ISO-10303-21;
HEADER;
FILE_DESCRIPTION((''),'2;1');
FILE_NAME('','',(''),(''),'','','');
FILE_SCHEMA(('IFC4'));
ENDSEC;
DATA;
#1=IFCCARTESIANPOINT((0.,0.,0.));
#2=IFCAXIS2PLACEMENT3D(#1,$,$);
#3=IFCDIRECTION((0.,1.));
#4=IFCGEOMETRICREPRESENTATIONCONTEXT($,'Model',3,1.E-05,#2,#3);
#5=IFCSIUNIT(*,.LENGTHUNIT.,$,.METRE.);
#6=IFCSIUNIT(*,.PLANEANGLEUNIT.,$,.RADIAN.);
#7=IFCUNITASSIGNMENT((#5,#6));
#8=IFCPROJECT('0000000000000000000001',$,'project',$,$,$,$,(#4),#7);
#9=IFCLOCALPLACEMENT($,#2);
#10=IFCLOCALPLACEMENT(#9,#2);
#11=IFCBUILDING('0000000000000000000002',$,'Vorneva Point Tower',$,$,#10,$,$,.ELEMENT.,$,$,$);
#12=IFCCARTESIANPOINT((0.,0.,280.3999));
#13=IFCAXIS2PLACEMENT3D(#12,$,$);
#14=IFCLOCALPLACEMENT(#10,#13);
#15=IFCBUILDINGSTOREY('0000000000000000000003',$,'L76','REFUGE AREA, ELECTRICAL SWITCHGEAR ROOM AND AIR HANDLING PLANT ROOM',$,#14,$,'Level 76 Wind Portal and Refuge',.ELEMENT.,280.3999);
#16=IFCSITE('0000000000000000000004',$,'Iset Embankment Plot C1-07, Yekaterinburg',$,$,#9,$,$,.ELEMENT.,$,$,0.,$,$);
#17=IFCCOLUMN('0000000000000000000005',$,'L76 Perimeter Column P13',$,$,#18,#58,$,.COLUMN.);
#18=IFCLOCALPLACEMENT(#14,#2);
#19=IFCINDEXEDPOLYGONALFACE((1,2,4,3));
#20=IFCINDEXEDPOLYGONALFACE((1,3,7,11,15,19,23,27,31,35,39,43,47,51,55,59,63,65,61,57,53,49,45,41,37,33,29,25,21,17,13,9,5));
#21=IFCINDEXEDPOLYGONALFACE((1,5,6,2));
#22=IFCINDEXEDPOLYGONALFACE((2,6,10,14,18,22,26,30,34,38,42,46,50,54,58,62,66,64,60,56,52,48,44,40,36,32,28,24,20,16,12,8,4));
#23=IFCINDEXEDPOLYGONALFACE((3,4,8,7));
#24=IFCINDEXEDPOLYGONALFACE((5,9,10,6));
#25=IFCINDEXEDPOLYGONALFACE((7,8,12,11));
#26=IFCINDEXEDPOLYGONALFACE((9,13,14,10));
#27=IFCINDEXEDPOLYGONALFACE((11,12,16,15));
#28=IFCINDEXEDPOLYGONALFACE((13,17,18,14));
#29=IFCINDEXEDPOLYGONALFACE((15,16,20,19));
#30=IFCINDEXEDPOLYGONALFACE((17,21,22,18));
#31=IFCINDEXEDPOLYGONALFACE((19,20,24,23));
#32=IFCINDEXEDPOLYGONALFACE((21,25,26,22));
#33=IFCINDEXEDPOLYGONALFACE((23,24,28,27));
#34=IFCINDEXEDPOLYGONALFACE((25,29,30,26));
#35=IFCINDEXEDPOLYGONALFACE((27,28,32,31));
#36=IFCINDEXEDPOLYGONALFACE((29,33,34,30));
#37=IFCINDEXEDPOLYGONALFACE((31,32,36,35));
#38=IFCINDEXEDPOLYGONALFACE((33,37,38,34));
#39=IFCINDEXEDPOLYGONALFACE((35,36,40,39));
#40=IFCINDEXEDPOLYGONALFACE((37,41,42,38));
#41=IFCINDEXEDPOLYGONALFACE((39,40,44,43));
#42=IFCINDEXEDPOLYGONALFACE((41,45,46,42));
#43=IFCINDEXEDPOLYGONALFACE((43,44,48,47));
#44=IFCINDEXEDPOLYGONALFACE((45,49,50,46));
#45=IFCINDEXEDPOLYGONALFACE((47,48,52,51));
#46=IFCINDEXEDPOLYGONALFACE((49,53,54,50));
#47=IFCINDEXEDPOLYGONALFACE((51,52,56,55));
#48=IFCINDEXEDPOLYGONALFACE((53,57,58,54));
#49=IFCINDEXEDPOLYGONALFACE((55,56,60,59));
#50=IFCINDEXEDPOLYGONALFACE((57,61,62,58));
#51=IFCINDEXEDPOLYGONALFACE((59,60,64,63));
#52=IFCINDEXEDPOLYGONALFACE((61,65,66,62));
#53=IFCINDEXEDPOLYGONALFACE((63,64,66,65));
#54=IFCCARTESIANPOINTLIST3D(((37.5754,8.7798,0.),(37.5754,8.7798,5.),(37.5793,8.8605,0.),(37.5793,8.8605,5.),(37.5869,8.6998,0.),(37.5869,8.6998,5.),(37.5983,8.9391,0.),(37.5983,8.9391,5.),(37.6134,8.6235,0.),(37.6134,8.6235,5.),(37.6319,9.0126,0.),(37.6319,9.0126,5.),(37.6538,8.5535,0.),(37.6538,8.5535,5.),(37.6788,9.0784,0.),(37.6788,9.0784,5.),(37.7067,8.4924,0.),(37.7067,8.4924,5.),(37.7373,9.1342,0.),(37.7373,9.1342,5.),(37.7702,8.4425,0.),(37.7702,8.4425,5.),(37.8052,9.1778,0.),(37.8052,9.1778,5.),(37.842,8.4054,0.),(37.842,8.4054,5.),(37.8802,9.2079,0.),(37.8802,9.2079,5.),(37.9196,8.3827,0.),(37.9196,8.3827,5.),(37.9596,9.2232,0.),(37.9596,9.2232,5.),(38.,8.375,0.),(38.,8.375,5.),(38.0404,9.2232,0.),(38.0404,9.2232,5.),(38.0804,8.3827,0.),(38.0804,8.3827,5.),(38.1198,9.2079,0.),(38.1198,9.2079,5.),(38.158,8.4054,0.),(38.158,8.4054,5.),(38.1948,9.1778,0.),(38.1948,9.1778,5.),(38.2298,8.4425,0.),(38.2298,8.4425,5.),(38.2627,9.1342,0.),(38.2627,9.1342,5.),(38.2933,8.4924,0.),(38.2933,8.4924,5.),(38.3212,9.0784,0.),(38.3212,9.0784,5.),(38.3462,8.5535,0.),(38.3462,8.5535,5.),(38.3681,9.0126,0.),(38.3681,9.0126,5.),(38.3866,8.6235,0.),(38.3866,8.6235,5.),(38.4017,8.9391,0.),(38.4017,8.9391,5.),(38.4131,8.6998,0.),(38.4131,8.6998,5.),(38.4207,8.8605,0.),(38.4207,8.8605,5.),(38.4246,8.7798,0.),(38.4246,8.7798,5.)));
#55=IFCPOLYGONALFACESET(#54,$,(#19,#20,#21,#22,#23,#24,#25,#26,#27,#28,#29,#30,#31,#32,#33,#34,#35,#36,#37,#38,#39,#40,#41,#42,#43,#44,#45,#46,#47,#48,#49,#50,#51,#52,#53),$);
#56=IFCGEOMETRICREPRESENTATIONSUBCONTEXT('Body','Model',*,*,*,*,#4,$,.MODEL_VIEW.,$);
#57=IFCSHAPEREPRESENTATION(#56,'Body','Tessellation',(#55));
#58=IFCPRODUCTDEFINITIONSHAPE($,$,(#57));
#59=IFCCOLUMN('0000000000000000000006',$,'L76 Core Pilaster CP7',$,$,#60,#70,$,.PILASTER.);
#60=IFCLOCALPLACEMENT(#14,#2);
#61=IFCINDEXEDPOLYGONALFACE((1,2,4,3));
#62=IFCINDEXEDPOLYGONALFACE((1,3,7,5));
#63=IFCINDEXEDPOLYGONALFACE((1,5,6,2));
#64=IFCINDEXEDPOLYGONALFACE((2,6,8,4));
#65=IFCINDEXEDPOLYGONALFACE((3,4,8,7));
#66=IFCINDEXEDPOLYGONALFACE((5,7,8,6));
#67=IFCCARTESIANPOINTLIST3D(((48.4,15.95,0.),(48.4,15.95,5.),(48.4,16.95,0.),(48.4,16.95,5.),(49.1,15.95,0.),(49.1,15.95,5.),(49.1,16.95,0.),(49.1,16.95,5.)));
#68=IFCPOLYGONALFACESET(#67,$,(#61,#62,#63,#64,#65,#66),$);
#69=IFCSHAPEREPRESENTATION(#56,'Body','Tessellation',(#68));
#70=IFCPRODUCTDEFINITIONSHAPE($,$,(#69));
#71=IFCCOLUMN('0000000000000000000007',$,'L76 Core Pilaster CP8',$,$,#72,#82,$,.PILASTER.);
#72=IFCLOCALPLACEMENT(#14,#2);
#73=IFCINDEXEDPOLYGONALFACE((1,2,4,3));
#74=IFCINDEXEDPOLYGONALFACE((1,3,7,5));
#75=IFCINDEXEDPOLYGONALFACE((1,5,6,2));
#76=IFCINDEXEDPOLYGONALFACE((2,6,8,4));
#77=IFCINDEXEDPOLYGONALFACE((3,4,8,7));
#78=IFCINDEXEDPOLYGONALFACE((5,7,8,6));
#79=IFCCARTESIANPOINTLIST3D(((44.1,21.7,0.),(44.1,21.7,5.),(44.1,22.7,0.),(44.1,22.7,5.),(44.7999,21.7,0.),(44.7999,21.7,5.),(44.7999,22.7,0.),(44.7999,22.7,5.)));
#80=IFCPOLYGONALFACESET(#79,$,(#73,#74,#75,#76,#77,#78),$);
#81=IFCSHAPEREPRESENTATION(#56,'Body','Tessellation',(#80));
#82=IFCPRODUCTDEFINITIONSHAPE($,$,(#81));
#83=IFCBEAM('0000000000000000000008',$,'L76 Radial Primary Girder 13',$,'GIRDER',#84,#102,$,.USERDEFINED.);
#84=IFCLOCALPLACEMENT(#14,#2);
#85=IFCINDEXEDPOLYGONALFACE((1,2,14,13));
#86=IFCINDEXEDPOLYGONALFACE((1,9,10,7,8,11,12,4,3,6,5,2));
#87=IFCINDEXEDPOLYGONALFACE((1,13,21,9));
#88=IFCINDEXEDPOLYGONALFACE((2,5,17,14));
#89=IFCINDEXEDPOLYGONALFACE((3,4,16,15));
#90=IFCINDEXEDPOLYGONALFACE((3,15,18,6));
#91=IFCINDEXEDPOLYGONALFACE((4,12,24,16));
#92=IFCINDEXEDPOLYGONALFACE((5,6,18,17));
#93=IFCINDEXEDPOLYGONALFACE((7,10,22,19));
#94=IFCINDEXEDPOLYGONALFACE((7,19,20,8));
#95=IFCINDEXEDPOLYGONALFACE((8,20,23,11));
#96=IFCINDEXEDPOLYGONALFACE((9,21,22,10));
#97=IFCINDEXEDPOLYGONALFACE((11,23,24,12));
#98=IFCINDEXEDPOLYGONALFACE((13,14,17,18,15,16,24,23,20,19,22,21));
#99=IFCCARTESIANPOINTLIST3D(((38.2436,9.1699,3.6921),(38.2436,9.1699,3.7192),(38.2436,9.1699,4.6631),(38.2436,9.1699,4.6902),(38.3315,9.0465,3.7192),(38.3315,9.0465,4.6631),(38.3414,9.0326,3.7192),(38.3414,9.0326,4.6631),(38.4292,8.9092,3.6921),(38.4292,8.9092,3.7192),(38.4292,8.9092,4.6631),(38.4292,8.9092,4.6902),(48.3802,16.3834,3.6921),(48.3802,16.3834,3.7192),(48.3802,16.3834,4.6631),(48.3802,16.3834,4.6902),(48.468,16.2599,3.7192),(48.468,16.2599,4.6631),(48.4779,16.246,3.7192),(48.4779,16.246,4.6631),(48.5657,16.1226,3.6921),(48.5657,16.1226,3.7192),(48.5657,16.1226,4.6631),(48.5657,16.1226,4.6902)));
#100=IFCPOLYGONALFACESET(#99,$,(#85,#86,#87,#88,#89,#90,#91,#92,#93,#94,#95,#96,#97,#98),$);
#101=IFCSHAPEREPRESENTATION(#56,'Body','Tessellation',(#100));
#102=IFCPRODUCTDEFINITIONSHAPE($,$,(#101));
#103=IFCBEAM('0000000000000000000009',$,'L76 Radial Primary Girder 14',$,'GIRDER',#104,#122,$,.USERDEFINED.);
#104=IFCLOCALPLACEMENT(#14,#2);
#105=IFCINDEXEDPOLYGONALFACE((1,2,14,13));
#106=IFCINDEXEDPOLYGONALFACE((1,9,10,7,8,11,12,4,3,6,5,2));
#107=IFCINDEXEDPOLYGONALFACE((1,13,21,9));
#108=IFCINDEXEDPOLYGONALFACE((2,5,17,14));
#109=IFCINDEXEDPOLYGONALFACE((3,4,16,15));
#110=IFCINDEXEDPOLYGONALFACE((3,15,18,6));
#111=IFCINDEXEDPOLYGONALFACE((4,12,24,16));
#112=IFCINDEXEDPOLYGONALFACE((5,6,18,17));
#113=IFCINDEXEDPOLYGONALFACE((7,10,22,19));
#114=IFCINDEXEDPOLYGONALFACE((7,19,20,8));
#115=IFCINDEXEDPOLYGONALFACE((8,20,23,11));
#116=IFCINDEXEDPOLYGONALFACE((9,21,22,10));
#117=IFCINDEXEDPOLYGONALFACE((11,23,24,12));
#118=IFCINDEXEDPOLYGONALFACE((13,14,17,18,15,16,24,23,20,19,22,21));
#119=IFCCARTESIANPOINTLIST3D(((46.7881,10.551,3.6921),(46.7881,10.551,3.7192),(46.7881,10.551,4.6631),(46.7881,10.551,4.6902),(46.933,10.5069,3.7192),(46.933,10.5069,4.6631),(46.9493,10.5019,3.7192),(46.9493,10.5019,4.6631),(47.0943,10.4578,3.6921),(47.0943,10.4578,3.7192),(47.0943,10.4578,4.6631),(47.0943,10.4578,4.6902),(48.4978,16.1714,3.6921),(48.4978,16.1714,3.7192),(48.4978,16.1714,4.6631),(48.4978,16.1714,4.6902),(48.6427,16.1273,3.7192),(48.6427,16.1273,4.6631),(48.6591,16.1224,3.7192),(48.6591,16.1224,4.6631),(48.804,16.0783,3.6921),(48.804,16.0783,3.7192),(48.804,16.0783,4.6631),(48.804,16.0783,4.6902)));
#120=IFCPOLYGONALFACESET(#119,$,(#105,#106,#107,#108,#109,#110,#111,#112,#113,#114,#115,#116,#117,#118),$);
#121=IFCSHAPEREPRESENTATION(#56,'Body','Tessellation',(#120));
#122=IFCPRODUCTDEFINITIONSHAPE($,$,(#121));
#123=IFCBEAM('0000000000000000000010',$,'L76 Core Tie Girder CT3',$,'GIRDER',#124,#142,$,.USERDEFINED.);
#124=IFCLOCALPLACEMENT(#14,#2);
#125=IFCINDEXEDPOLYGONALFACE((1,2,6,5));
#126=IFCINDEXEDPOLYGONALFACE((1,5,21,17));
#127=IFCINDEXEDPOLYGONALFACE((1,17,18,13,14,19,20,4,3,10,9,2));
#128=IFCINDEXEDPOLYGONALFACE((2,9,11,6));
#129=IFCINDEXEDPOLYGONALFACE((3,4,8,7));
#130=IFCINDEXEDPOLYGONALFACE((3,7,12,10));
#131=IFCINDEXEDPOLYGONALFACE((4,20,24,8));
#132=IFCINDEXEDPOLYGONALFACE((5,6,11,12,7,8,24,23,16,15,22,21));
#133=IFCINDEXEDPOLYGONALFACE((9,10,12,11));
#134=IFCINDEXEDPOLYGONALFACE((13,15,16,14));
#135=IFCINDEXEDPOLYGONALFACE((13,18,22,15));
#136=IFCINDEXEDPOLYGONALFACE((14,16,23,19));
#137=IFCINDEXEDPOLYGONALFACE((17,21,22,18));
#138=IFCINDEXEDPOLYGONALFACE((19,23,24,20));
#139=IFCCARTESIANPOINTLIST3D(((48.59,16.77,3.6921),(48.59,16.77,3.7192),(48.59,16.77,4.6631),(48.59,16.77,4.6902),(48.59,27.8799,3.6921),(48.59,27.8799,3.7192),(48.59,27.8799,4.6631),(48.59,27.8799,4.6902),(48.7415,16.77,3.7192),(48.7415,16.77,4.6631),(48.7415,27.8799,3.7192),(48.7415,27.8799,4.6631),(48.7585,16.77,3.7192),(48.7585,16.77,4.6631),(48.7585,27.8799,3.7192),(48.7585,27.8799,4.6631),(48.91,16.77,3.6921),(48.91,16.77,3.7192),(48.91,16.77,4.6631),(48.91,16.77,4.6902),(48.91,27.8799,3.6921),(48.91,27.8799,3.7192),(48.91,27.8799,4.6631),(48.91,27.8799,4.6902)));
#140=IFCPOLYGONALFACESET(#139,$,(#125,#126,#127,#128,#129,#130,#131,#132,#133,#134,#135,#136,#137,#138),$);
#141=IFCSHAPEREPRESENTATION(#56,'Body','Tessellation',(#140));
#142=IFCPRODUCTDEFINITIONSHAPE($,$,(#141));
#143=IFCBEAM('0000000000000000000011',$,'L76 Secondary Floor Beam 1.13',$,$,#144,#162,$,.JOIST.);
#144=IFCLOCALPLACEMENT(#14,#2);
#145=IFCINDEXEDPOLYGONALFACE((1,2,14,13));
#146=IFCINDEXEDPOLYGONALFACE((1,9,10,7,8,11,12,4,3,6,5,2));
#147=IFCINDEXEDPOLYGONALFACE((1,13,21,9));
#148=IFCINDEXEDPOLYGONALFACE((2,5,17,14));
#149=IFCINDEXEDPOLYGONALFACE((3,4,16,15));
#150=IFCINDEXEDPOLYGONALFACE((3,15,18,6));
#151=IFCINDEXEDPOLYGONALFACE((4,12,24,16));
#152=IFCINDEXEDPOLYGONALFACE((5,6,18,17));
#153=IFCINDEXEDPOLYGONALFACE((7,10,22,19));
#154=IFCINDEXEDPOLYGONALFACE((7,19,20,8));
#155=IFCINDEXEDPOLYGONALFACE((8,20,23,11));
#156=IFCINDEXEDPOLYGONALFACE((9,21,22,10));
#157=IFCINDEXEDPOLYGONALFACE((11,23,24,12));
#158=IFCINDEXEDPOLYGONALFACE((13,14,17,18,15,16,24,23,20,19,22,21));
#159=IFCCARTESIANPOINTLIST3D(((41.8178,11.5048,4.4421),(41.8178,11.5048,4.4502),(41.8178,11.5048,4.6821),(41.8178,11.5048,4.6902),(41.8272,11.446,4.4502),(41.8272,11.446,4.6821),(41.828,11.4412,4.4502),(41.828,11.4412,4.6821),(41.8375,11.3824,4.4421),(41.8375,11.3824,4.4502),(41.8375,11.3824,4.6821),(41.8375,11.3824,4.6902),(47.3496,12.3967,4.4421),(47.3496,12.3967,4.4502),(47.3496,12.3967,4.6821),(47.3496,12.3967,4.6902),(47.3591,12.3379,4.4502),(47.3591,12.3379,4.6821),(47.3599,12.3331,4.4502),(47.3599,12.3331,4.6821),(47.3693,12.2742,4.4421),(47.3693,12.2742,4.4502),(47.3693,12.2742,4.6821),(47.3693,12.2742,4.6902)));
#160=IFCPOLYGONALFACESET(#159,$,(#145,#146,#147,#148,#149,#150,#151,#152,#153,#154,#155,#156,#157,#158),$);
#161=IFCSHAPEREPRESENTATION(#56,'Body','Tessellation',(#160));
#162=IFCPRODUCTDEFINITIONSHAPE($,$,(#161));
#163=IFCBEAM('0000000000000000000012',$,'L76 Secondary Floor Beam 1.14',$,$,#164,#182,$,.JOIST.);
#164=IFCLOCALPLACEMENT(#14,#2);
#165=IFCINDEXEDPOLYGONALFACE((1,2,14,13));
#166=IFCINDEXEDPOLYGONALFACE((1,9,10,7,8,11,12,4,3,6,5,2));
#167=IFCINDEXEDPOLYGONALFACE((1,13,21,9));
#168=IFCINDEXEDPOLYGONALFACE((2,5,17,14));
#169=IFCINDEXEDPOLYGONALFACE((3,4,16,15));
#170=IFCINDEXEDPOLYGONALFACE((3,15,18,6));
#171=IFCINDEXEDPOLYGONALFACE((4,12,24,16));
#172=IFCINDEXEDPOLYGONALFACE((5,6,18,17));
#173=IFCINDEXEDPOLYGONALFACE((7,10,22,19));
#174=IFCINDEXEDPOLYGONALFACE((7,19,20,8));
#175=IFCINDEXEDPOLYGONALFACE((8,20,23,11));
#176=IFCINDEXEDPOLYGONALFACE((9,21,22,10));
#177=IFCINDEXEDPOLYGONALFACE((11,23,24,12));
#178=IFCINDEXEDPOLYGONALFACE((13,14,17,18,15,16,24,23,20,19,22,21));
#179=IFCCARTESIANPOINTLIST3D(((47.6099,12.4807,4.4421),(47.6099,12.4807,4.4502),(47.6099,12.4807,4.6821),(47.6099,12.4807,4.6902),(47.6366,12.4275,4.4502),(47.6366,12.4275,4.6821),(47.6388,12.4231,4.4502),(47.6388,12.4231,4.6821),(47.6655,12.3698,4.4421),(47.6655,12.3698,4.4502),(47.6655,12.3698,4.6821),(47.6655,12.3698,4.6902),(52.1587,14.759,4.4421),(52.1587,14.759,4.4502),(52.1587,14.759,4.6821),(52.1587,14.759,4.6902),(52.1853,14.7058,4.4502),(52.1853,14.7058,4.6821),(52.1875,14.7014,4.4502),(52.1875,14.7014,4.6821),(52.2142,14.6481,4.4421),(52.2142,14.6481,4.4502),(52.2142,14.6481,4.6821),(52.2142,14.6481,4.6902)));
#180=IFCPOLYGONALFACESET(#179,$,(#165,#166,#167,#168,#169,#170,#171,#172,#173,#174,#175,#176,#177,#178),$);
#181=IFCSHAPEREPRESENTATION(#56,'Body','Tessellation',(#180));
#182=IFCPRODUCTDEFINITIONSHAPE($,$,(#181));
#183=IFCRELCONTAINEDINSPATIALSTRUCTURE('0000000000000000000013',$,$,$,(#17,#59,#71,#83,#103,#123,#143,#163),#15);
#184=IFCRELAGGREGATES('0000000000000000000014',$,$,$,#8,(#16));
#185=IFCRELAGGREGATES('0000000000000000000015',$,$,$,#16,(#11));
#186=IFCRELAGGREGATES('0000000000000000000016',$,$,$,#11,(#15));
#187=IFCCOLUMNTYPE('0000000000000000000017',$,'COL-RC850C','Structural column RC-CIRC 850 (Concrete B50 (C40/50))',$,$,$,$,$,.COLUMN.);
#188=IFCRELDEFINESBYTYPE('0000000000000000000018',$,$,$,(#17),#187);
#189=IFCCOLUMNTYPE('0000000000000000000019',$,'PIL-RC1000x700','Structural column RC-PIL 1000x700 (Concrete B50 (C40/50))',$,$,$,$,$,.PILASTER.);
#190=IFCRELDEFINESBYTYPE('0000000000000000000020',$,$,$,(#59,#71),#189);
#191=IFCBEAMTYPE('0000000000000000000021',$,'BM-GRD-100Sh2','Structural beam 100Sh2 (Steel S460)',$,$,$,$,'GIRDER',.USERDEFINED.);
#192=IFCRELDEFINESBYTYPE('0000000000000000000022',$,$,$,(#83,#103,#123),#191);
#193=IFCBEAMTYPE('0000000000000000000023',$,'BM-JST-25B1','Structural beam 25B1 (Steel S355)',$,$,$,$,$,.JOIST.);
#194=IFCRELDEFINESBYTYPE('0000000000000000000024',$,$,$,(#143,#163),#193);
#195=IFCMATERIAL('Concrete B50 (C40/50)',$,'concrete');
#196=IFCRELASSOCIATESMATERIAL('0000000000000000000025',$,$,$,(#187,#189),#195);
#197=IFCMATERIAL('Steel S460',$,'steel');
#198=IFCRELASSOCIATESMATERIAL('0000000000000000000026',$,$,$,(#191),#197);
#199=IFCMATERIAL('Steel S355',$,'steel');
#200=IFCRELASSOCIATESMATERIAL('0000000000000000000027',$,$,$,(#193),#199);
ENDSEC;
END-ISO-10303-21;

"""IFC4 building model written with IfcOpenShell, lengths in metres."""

from ifc_helpers import new_model, si_unit, direction, frame, origin, origin_2d, place, context, subcontext, project, spatial, rectangle, circle, i_section, extrude, material, material_profile, profile_set, type_object, element, save


model = new_model("IFC4")

# Units and contexts
model_context = context("Model", 3, precision=1e-05, world=origin(), true_north=direction((0.0, 1.0)))
body_context = subcontext(model_context, "Body", "Model", "MODEL_VIEW")
ifc_project = project(units=[si_unit("LENGTHUNIT", "METRE"), si_unit("PLANEANGLEUNIT", "RADIAN")], contexts=[model_context])

# Site, building, storey
site_placement = place(None, origin())
site = spatial("IfcSite", under=ifc_project, at=site_placement, Name="Iset Embankment Plot C1-07, Yekaterinburg", CompositionType="ELEMENT", RefElevation=0.0)
building_placement = place(site_placement, origin())
building = spatial("IfcBuilding", under=site, at=building_placement, Name="Vorneva Point Tower", CompositionType="ELEMENT")
storey_placement = place(building_placement, frame((0.0, 0.0, 280.3999)))
storey = spatial("IfcBuildingStorey", under=building, at=storey_placement, Name="L76", Description="REFUGE AREA, ELECTRICAL SWITCHGEAR ROOM AND AIR HANDLING PLANT ROOM", LongName="Level 76 Wind Portal and Refuge", CompositionType="ELEMENT", Elevation=280.3999)

# Columns
ifc_material_1 = material(Name="Concrete B50 (C40/50)", Category="concrete")
ifc_material_profile_1 = material_profile(ifc_material_1, circle(Radius=0.425, at=origin_2d()), Name="RC-CIRC 850")
ifc_profile_set_1 = profile_set([ifc_material_profile_1], Name="Concrete B50 (C40/50)")
column_type_1 = type_object("IfcColumnType", Name="COL-RC850C", Description="Structural column RC-CIRC 850 (Concrete B50 (C40/50))", PredefinedType="COLUMN", material=ifc_profile_set_1)
for number, where, z_axis, x_axis, name in (
    (1, (38.0, 8.8, 0.0), (0.0, 0.0, 1.0), (0.0, -1.0, 0.0), "L76 Perimeter Column P13"),
):
    element("IfcColumn", number, at=place(storey_placement, frame(where, z_axis=z_axis, x_axis=x_axis)), inside=storey, type_object=column_type_1, Name=name, PredefinedType="COLUMN", context=body_context, shape_type="SweptSolid", body=[
        extrude(circle(Radius=0.425, at=origin_2d()), origin(), (0.0, 0.0, 1.0), 5.0),
    ])
ifc_material_profile_2 = material_profile(ifc_material_1, rectangle(XDim=0.7, YDim=1.0, at=origin_2d()), Name="RC-PIL 1000x700")
ifc_profile_set_2 = profile_set([ifc_material_profile_2], Name="Concrete B50 (C40/50)")
column_type_2 = type_object("IfcColumnType", Name="PIL-RC1000x700", Description="Structural column RC-PIL 1000x700 (Concrete B50 (C40/50))", PredefinedType="PILASTER", material=ifc_profile_set_2)
for number, where, z_axis, x_axis, name in (
    (2, (48.75, 16.45, 0.0), (0.0, 0.0, 1.0), (1.0, 0.0, 0.0), "L76 Core Pilaster CP7"),
    (3, (44.45, 22.2, 0.0), (0.0, 0.0, 1.0), (1.0, 0.0, 0.0), "L76 Core Pilaster CP8"),
):
    element("IfcColumn", number, at=place(storey_placement, frame(where, z_axis=z_axis, x_axis=x_axis)), inside=storey, type_object=column_type_2, Name=name, PredefinedType="PILASTER", context=body_context, shape_type="SweptSolid", body=[
        extrude(rectangle(XDim=0.7, YDim=1.0, at=origin_2d()), origin(), (0.0, 0.0, 1.0), 5.0),
    ])

# Beams
ifc_material_2 = material(Name="Steel S460", Category="steel")
ifc_material_profile_3 = material_profile(ifc_material_2, i_section(OverallWidth=0.3201, OverallDepth=0.998, WebThickness=0.0171, FlangeThickness=0.0271, at=origin_2d()), Name="100Sh2")
ifc_profile_set_3 = profile_set([ifc_material_profile_3], Name="Steel S460")
beam_type_1 = type_object("IfcBeamType", Name="BM-GRD-100Sh2", Description="Structural beam 100Sh2 (Steel S460)", ElementType="GIRDER", PredefinedType="USERDEFINED", material=ifc_profile_set_3)
beam_1_placement = place(storey_placement, frame((38.3364, 9.0396, 4.1912), z_axis=(0.814757, 0.579802, 0.0), x_axis=(-0.579802, 0.814757, 0.0)))
element("IfcBeam", 4, at=beam_1_placement, inside=storey, type_object=beam_type_1, Name="L76 Radial Primary Girder 13", ObjectType="GIRDER", PredefinedType="USERDEFINED", context=body_context, shape_type="SweptSolid", body=[
    extrude(i_section(OverallWidth=0.3201, OverallDepth=0.998, WebThickness=0.0171, FlangeThickness=0.0271, at=origin_2d()), origin(), (0.0, 0.0, 1.0), 12.4412),
])
beam_2_placement = place(storey_placement, frame((46.9412, 10.5044, 4.1912), z_axis=(0.291033, 0.956713, 0.0), x_axis=(-0.956713, 0.291033, 0.0)))
element("IfcBeam", 5, at=beam_2_placement, inside=storey, type_object=beam_type_1, Name="L76 Radial Primary Girder 14", ObjectType="GIRDER", PredefinedType="USERDEFINED", context=body_context, shape_type="SweptSolid", body=[
    extrude(i_section(OverallWidth=0.3201, OverallDepth=0.998, WebThickness=0.0171, FlangeThickness=0.0271, at=origin_2d()), origin(), (0.0, 0.0, 1.0), 5.8748),
])
beam_3_placement = place(storey_placement, frame((48.75, 16.77, 4.1912), z_axis=(0.0, 1.0, 0.0), x_axis=(-1.0, 0.0, 0.0)))
element("IfcBeam", 6, at=beam_3_placement, inside=storey, type_object=beam_type_1, Name="L76 Core Tie Girder CT3", ObjectType="GIRDER", PredefinedType="USERDEFINED", context=body_context, shape_type="SweptSolid", body=[
    extrude(i_section(OverallWidth=0.3201, OverallDepth=0.998, WebThickness=0.0171, FlangeThickness=0.0271, at=origin_2d()), origin(), (0.0, 0.0, 1.0), 11.1099),
])
ifc_material_3 = material(Name="Steel S355", Category="steel")
ifc_material_profile_4 = material_profile(ifc_material_3, i_section(OverallWidth=0.124, OverallDepth=0.248, WebThickness=0.0049, FlangeThickness=0.0081, at=origin_2d()), Name="25B1")
ifc_profile_set_4 = profile_set([ifc_material_profile_4], Name="Steel S355")
beam_type_2 = type_object("IfcBeamType", Name="BM-JST-25B1", Description="Structural beam 25B1 (Steel S355)", PredefinedType="JOIST", material=ifc_profile_set_4)
beam_4_placement = place(storey_placement, frame((41.8276, 11.4436, 4.5662), z_axis=(0.987252, 0.159168, 0.0), x_axis=(-0.159168, 0.987252, 0.0)))
element("IfcBeam", 7, at=beam_4_placement, inside=storey, type_object=beam_type_2, Name="L76 Secondary Floor Beam 1.13", PredefinedType="JOIST", context=body_context, shape_type="SweptSolid", body=[
    extrude(i_section(OverallWidth=0.124, OverallDepth=0.248, WebThickness=0.0049, FlangeThickness=0.0081, at=origin_2d()), origin(), (0.0, 0.0, 1.0), 5.6033),
])
beam_5_placement = place(storey_placement, frame((47.6377, 12.4253, 4.5662), z_axis=(0.89412, 0.447828, 0.0), x_axis=(-0.447828, 0.89412, 0.0)))
element("IfcBeam", 8, at=beam_5_placement, inside=storey, type_object=beam_type_2, Name="L76 Secondary Floor Beam 1.14", PredefinedType="JOIST", context=body_context, shape_type="SweptSolid", body=[
    extrude(i_section(OverallWidth=0.124, OverallDepth=0.248, WebThickness=0.0049, FlangeThickness=0.0081, at=origin_2d()), origin(), (0.0, 0.0, 1.0), 5.0874),
])

save(model, "model.ifc")
